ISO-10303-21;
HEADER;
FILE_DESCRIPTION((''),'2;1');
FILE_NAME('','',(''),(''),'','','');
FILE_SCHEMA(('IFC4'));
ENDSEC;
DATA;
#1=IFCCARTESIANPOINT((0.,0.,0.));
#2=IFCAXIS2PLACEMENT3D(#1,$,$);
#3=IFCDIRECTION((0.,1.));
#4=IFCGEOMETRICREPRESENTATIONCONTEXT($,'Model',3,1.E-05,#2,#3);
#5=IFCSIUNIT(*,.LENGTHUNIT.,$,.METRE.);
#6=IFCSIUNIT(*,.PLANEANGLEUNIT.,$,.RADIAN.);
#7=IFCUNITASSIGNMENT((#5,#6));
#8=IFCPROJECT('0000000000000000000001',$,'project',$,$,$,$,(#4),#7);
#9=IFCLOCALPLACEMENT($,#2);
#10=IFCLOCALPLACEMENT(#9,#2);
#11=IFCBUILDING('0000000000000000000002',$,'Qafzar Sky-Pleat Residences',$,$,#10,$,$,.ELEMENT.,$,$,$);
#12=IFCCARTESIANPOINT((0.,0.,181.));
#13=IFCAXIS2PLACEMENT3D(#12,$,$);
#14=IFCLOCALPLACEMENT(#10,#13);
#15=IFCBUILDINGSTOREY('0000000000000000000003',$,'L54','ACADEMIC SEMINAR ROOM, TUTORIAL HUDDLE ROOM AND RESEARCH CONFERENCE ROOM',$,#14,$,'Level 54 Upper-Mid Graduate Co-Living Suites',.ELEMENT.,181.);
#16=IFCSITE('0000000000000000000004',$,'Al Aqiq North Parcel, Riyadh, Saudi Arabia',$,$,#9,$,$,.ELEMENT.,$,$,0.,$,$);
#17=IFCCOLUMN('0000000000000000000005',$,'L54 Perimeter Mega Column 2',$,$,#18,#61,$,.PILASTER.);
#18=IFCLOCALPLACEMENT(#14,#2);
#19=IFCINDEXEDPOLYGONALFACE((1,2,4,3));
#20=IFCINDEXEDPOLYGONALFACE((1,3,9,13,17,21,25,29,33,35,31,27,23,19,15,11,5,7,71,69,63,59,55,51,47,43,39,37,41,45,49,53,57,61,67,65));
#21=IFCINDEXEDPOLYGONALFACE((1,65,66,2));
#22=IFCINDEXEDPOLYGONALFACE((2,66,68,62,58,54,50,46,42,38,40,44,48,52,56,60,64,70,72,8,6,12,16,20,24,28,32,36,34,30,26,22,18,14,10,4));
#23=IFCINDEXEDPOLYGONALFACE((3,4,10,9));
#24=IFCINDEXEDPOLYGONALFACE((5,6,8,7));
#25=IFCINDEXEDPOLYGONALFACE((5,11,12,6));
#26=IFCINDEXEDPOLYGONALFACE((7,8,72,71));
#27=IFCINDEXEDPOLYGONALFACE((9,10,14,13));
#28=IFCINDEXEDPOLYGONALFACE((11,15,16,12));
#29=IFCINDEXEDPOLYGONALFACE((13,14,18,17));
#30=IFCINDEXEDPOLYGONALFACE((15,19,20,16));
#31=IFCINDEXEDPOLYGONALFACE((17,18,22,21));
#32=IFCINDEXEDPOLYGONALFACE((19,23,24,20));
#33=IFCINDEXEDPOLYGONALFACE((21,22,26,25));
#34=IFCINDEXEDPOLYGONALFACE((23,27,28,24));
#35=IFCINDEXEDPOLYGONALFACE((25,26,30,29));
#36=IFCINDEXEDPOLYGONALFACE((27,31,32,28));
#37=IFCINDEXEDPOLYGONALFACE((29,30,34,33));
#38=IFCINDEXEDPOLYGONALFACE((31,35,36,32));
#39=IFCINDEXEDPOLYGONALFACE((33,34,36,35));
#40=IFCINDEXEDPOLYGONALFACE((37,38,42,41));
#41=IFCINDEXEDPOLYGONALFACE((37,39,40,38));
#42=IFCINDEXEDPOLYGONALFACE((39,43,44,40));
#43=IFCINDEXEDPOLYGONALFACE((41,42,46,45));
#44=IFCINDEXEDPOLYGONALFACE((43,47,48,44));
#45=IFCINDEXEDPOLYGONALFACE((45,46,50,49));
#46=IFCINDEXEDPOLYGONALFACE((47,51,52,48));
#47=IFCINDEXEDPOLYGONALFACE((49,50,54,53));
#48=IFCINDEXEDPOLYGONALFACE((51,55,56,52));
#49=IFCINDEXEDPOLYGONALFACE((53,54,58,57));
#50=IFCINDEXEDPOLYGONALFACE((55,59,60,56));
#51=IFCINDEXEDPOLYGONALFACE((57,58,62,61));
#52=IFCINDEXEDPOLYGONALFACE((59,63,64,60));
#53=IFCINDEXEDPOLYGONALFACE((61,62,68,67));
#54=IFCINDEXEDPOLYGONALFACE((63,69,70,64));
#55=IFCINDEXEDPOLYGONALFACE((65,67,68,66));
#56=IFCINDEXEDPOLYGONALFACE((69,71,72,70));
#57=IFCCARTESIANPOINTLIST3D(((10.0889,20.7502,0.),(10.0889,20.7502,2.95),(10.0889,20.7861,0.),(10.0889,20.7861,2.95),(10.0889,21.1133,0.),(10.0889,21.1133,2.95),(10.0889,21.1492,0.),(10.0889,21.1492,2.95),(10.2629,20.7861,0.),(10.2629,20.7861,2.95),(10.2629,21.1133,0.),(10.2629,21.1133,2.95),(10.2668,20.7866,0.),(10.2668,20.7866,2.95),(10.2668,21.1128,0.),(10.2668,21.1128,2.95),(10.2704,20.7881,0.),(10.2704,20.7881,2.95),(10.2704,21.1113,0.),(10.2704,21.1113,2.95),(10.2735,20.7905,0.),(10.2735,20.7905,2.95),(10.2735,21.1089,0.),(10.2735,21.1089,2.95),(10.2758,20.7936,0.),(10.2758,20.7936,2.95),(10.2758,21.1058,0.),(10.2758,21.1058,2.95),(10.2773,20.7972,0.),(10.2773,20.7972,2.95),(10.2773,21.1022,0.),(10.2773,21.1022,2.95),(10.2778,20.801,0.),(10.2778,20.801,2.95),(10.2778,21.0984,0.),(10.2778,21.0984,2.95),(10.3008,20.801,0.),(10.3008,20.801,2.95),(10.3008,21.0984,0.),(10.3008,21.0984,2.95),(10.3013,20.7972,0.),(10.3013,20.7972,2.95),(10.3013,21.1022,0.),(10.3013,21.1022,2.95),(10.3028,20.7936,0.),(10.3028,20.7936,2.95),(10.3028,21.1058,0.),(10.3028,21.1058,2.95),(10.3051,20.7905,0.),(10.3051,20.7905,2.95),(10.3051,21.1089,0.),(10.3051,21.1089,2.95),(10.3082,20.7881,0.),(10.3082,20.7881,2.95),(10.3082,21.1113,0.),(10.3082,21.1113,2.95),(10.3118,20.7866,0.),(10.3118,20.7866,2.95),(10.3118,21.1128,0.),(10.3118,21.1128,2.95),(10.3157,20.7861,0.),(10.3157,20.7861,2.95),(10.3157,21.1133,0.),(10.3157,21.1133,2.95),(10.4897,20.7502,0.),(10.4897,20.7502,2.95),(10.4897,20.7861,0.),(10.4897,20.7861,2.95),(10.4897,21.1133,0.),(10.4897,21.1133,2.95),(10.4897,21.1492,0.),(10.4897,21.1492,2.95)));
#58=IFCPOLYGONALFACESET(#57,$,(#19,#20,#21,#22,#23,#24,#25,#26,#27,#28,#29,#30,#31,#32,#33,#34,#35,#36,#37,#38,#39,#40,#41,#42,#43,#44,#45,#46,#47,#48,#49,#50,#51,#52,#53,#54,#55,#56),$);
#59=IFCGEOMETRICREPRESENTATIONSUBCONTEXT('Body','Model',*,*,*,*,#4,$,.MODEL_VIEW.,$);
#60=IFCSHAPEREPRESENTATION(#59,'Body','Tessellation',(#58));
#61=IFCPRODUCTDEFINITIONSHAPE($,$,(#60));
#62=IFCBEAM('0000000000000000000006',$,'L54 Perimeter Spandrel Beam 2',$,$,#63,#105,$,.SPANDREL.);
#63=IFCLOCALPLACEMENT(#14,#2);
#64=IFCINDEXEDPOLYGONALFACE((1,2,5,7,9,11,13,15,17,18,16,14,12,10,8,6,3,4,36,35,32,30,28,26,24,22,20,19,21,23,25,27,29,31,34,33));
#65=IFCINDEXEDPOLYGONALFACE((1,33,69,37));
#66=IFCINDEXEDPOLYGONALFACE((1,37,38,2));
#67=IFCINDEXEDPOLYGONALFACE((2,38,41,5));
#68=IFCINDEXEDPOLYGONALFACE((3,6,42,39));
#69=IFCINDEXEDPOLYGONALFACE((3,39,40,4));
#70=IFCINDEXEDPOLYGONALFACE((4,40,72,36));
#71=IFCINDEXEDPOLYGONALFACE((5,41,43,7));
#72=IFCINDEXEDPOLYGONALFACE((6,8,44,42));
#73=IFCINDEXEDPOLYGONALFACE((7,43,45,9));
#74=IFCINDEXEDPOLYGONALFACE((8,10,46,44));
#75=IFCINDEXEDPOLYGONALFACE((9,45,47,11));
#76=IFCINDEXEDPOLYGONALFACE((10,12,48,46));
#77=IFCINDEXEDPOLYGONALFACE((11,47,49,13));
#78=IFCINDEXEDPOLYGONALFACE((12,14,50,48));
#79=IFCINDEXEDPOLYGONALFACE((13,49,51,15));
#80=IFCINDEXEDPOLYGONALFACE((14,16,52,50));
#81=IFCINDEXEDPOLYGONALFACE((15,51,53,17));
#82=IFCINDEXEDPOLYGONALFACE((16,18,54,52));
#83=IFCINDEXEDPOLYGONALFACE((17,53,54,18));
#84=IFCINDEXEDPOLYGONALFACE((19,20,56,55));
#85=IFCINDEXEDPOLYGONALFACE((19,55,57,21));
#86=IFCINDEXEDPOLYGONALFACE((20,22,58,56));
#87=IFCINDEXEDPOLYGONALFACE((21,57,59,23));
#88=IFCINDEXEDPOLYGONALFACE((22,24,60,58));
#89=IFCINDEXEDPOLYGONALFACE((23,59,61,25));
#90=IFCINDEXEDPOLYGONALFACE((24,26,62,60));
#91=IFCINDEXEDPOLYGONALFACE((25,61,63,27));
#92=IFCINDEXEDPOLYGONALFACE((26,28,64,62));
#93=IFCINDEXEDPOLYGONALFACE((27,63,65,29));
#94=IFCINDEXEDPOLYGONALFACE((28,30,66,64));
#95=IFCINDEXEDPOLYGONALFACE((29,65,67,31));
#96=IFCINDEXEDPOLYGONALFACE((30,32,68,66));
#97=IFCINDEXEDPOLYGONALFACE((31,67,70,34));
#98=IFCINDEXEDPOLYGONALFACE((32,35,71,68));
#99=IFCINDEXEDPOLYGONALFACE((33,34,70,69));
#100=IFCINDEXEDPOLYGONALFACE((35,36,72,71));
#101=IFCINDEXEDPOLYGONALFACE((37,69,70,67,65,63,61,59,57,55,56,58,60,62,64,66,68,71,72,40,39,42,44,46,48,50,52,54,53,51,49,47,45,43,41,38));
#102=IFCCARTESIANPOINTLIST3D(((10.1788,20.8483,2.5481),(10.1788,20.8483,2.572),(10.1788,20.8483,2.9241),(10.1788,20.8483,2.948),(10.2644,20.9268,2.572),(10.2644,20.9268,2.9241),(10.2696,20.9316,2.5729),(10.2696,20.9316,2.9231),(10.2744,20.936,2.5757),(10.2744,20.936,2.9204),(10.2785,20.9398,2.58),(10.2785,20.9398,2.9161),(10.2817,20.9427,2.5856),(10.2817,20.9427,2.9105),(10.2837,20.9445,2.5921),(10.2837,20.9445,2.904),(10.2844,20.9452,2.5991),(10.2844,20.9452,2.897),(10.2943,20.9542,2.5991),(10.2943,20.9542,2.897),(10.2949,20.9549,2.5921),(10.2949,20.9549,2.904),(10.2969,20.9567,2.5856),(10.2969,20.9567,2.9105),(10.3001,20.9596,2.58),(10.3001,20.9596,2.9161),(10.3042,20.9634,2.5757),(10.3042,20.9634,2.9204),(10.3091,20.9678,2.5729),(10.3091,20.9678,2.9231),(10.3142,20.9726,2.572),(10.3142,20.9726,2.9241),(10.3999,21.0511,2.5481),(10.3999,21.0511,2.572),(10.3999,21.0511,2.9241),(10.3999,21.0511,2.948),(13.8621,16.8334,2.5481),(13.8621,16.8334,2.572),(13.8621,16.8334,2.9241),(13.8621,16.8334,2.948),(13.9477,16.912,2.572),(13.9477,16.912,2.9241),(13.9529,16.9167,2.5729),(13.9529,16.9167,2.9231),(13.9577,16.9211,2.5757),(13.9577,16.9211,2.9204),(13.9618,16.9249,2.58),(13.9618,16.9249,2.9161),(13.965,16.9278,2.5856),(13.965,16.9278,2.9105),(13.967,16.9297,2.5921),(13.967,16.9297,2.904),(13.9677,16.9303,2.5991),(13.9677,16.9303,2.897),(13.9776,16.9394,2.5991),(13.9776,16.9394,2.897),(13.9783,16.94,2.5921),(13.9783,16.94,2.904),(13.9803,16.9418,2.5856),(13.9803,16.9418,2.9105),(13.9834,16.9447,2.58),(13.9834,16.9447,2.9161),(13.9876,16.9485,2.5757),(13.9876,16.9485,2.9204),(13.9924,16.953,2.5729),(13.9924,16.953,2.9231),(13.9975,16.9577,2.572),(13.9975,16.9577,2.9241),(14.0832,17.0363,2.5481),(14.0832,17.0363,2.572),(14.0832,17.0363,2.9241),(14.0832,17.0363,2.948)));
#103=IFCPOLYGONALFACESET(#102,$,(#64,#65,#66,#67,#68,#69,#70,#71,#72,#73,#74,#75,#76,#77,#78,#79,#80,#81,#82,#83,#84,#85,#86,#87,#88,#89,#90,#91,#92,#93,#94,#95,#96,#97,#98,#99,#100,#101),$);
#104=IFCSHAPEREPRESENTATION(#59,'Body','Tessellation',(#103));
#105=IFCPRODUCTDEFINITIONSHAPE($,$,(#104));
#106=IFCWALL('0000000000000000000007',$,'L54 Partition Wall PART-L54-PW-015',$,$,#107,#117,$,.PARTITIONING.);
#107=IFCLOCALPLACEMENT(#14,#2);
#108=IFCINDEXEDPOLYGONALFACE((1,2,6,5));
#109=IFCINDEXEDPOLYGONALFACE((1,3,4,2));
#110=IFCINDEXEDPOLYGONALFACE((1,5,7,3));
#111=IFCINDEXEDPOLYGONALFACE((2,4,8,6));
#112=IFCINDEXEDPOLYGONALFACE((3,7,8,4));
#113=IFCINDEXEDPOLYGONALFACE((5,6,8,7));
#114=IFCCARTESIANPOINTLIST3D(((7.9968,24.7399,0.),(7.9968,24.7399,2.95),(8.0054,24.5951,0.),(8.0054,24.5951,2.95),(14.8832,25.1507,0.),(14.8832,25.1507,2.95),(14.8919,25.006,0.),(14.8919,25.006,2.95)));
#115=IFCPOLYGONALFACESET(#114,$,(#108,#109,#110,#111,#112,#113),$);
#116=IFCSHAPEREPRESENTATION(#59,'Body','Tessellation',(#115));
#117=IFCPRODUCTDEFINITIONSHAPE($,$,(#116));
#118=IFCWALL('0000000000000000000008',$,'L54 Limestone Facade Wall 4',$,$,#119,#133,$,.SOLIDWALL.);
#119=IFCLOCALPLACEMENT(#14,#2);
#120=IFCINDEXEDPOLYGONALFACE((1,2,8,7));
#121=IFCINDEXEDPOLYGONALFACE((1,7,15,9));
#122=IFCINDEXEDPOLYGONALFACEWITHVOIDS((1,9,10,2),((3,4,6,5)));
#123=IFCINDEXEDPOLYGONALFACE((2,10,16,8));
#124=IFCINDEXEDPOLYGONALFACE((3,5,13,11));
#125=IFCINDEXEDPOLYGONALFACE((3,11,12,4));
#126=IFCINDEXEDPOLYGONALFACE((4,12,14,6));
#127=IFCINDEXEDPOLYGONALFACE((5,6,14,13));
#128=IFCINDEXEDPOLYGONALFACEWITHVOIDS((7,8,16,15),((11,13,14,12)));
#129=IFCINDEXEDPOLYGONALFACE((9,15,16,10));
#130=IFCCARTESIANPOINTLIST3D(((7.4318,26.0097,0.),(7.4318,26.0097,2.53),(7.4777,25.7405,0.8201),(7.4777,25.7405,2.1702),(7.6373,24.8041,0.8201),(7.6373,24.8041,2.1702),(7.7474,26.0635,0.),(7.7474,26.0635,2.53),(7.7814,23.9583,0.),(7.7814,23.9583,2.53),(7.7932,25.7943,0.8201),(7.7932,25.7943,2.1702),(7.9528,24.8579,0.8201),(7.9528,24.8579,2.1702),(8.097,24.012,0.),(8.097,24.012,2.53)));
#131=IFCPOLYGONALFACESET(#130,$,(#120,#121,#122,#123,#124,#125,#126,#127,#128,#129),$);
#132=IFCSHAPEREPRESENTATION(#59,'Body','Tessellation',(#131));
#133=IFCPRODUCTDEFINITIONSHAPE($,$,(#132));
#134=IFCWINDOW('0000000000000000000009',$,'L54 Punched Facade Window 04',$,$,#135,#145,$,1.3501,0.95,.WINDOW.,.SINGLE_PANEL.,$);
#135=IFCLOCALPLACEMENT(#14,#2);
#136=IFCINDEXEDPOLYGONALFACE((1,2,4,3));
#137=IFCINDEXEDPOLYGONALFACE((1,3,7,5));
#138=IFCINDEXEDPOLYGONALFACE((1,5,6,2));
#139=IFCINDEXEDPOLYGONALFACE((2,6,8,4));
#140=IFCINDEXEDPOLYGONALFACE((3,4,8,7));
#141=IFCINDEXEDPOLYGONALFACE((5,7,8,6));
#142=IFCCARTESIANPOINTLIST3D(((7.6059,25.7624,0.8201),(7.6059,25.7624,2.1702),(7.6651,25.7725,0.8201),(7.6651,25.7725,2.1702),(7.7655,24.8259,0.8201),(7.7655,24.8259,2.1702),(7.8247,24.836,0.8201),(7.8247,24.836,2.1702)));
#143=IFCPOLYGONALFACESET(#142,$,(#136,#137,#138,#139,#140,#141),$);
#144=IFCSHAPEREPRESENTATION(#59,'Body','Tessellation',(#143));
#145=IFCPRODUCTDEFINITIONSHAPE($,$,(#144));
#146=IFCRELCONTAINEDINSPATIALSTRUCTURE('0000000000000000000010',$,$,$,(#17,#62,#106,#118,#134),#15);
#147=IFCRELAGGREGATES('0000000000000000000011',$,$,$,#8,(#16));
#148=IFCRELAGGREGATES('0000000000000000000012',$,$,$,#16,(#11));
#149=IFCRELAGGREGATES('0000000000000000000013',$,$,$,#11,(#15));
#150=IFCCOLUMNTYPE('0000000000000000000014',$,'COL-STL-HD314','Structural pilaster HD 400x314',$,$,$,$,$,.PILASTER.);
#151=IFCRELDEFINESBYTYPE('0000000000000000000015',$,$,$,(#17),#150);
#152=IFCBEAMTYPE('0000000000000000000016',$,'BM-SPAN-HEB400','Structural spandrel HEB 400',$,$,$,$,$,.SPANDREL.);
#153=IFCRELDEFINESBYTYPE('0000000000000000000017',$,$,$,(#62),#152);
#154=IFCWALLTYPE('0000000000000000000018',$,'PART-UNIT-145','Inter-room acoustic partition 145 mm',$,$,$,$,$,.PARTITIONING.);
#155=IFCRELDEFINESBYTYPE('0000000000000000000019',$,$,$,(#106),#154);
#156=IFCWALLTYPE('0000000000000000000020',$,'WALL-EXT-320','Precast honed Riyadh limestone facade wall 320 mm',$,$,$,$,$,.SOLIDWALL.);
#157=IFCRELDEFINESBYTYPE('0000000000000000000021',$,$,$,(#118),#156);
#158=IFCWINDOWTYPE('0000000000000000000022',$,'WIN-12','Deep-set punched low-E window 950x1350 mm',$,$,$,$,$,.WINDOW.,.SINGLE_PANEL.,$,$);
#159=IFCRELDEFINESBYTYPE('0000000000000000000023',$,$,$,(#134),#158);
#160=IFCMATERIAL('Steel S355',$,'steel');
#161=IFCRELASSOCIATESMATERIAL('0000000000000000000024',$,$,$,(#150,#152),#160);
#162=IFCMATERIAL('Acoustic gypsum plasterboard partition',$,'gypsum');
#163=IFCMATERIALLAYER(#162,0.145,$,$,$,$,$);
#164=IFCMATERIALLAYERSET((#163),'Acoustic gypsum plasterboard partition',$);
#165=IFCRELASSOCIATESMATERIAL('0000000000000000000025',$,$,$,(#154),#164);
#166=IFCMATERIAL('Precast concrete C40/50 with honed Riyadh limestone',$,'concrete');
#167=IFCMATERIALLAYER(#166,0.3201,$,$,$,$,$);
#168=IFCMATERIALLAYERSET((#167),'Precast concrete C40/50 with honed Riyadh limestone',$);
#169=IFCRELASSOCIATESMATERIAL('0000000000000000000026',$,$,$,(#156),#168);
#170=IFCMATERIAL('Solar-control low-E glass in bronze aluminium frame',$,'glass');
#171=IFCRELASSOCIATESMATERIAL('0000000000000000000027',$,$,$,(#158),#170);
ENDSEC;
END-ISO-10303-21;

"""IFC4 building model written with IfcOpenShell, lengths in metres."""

from ifc_helpers import new_model, si_unit, direction, frame, frame_2d, origin, origin_2d, place, context, subcontext, project, spatial, rectangle, i_section, extrude, source, transform, mapped, material, layer, layer_set, material_profile, profile_set, type_object, element, fill, save


model = new_model("IFC4")

# Units and contexts
model_context = context("Model", 3, precision=1e-05, world=origin(), true_north=direction((0.0, 1.0)))
body_context = subcontext(model_context, "Body", "Model", "MODEL_VIEW")
ifc_project = project(units=[si_unit("LENGTHUNIT", "METRE"), si_unit("PLANEANGLEUNIT", "RADIAN")], contexts=[model_context])

# Site, building, storey
site_placement = place(None, origin())
site = spatial("IfcSite", under=ifc_project, at=site_placement, Name="Al Aqiq North Parcel, Riyadh, Saudi Arabia", CompositionType="ELEMENT", RefElevation=0.0)
building_placement = place(site_placement, origin())
building = spatial("IfcBuilding", under=site, at=building_placement, Name="Qafzar Sky-Pleat Residences", CompositionType="ELEMENT")
storey_placement = place(building_placement, frame((0.0, 0.0, 181.0)))
storey = spatial("IfcBuildingStorey", under=building, at=storey_placement, Name="L54", Description="ACADEMIC SEMINAR ROOM, TUTORIAL HUDDLE ROOM AND RESEARCH CONFERENCE ROOM", LongName="Level 54 Upper-Mid Graduate Co-Living Suites", CompositionType="ELEMENT", Elevation=181.0)

# Column
ifc_material_1 = material(Name="Steel S355", Category="steel")
ifc_material_profile_1 = material_profile(ifc_material_1, i_section(OverallWidth=0.4009, OverallDepth=0.3989, WebThickness=0.0229, FlangeThickness=0.0359, FilletRadius=0.0149, at=origin_2d()), Name="HD 400x314")
ifc_profile_set_1 = profile_set([ifc_material_profile_1], Name="Steel S355")
column_type = type_object("IfcColumnType", Name="COL-STL-HD314", Description="Structural pilaster HD 400x314", PredefinedType="PILASTER", material=ifc_profile_set_1)
shared_shape_1 = source(origin(), body_context, "Body", "SweptSolid", [
    extrude(i_section(OverallWidth=0.4009, OverallDepth=0.3989, WebThickness=0.0229, FlangeThickness=0.0359, FilletRadius=0.0149, at=origin_2d()), origin(), (0.0, 0.0, 1.0), 2.95),
])
column_placement = place(storey_placement, frame((10.2893, 20.9497, 0.0), z_axis=(0.0, 0.0, 1.0), x_axis=(1.0, 0.0, 0.0)))
element("IfcColumn", 1, at=column_placement, inside=storey, type_object=column_type, Name="L54 Perimeter Mega Column 2", PredefinedType="PILASTER", context=body_context, shape_type="MappedRepresentation", body=[
    mapped(shared_shape_1, transform((0.0, 0.0, 0.0), x_axis=(1.0, 0.0, 0.0), y_axis=(0.0, 1.0, 0.0), z_axis=(0.0, 0.0, 1.0), scale=1.0)),
])

# Beam
ifc_material_profile_2 = material_profile(ifc_material_1, i_section(OverallWidth=0.3, OverallDepth=0.3999, WebThickness=0.0134, FlangeThickness=0.0239, FilletRadius=0.0271, at=origin_2d()), Name="HEB 400")
ifc_profile_set_2 = profile_set([ifc_material_profile_2], Name="Steel S355")
beam_type = type_object("IfcBeamType", Name="BM-SPAN-HEB400", Description="Structural spandrel HEB 400", PredefinedType="SPANDREL", material=ifc_profile_set_2)
shared_shape_2 = source(origin(), body_context, "Body", "SweptSolid", [
    extrude(i_section(OverallWidth=0.3, OverallDepth=0.3999, WebThickness=0.0134, FlangeThickness=0.0239, FilletRadius=0.0271, at=origin_2d()), origin(), (0.0, 0.0, 1.0), 5.4485),
])
beam_placement = place(storey_placement, frame((10.2893, 20.9497, 2.748), z_axis=(0.676027, -0.736877, 0.0), x_axis=(0.736877, 0.676027, 0.0)))
element("IfcBeam", 2, at=beam_placement, inside=storey, type_object=beam_type, Name="L54 Perimeter Spandrel Beam 2", PredefinedType="SPANDREL", context=body_context, shape_type="MappedRepresentation", body=[
    mapped(shared_shape_2, transform((0.0, 0.0, 0.0), x_axis=(1.0, 0.0, 0.0), y_axis=(0.0, 1.0, 0.0), z_axis=(0.0, 0.0, 1.0), scale=1.0)),
])

# Wall
ifc_material_2 = material(Name="Acoustic gypsum plasterboard partition", Category="gypsum")
ifc_layer_1 = layer(ifc_material_2, 0.145)
ifc_layer_set_1 = layer_set([ifc_layer_1], Name="Acoustic gypsum plasterboard partition")
wall_type_1 = type_object("IfcWallType", Name="PART-UNIT-145", Description="Inter-room acoustic partition 145 mm", PredefinedType="PARTITIONING", material=ifc_layer_set_1)
wall_1_placement = place(storey_placement, frame((8.0012, 24.6675, 0.0), z_axis=(0.0, 0.0, 1.0), x_axis=(0.998225, 0.05956, 0.0)))
element("IfcWall", 3, at=wall_1_placement, inside=storey, type_object=wall_type_1, Name="L54 Partition Wall PART-L54-PW-015", PredefinedType="PARTITIONING", context=body_context, shape_type="SweptSolid", body=[
    extrude(rectangle(XDim=6.8987, YDim=0.145, at=frame_2d((3.4492, 0.0))), origin(), (0.0, 0.0, 1.0), 2.95),
])

# Wall, opening, window
ifc_material_3 = material(Name="Precast concrete C40/50 with honed Riyadh limestone", Category="concrete")
ifc_layer_2 = layer(ifc_material_3, 0.3201)
ifc_layer_set_2 = layer_set([ifc_layer_2], Name="Precast concrete C40/50 with honed Riyadh limestone")
wall_type_2 = type_object("IfcWallType", Name="WALL-EXT-320", Description="Precast honed Riyadh limestone facade wall 320 mm", PredefinedType="SOLIDWALL", material=ifc_layer_set_2)
wall_2_placement = place(storey_placement, frame((7.5896, 26.0366, 0.0), z_axis=(0.0, 0.0, 1.0), x_axis=(0.167993, -0.985788, 0.0)))
wall_2 = element("IfcWall", 4, at=wall_2_placement, inside=storey, type_object=wall_type_2, Name="L54 Limestone Facade Wall 4", PredefinedType="SOLIDWALL", context=body_context, shape_type="SweptSolid", body=[
    extrude(rectangle(XDim=2.0811, YDim=0.3201, at=frame_2d((1.0405, 0.0))), origin(), (0.0, 0.0, 1.0), 2.53),
])
opening_1_placement = place(wall_2_placement, frame((0.2729, 0.0, 0.8201)))
opening_1 = element("IfcOpeningElement", 5, at=opening_1_placement, cuts=wall_2, PredefinedType="OPENING", context=body_context, shape_type="SweptSolid", body=[
    extrude(rectangle(XDim=0.95, YDim=1.3501, at=frame_2d((0.4751, 0.675))), frame((0.0, 0.1699, 0.0), z_axis=(0.0, -1.0, 0.0), x_axis=(1.0, 0.0, 0.0)), (0.0, 0.0, 1.0), 0.3401),
])
ifc_material_4 = material(Name="Solar-control low-E glass in bronze aluminium frame", Category="glass")
window_type_1 = type_object("IfcWindowType", Name="WIN-12", Description="Deep-set punched low-E window 950x1350 mm", PartitioningType="SINGLE_PANEL", PredefinedType="WINDOW", material=ifc_material_4)
shared_shape_3 = source(origin(), body_context, "Body", "SweptSolid", [
    extrude(rectangle(XDim=0.95, YDim=1.3501, at=frame_2d((0.4751, 0.675))), frame((0.0, 0.03, 0.0), z_axis=(0.0, -1.0, 0.0), x_axis=(1.0, 0.0, 0.0)), (0.0, 0.0, 1.0), 0.0601),
])
window_1_placement = place(opening_1_placement, origin())
window_1 = element("IfcWindow", 6, at=window_1_placement, inside=storey, type_object=window_type_1, Name="L54 Punched Facade Window 04", OverallHeight=1.3501, OverallWidth=0.95, PartitioningType="SINGLE_PANEL", PredefinedType="WINDOW", context=body_context, shape_type="MappedRepresentation", body=[
    mapped(shared_shape_3, transform((0.0, 0.0, 0.0), x_axis=(1.0, 0.0, 0.0), y_axis=(0.0, 1.0, 0.0), z_axis=(0.0, 0.0, 1.0), scale=1.0)),
])
fill(opening_1, window_1)

save(model, "model.ifc")
